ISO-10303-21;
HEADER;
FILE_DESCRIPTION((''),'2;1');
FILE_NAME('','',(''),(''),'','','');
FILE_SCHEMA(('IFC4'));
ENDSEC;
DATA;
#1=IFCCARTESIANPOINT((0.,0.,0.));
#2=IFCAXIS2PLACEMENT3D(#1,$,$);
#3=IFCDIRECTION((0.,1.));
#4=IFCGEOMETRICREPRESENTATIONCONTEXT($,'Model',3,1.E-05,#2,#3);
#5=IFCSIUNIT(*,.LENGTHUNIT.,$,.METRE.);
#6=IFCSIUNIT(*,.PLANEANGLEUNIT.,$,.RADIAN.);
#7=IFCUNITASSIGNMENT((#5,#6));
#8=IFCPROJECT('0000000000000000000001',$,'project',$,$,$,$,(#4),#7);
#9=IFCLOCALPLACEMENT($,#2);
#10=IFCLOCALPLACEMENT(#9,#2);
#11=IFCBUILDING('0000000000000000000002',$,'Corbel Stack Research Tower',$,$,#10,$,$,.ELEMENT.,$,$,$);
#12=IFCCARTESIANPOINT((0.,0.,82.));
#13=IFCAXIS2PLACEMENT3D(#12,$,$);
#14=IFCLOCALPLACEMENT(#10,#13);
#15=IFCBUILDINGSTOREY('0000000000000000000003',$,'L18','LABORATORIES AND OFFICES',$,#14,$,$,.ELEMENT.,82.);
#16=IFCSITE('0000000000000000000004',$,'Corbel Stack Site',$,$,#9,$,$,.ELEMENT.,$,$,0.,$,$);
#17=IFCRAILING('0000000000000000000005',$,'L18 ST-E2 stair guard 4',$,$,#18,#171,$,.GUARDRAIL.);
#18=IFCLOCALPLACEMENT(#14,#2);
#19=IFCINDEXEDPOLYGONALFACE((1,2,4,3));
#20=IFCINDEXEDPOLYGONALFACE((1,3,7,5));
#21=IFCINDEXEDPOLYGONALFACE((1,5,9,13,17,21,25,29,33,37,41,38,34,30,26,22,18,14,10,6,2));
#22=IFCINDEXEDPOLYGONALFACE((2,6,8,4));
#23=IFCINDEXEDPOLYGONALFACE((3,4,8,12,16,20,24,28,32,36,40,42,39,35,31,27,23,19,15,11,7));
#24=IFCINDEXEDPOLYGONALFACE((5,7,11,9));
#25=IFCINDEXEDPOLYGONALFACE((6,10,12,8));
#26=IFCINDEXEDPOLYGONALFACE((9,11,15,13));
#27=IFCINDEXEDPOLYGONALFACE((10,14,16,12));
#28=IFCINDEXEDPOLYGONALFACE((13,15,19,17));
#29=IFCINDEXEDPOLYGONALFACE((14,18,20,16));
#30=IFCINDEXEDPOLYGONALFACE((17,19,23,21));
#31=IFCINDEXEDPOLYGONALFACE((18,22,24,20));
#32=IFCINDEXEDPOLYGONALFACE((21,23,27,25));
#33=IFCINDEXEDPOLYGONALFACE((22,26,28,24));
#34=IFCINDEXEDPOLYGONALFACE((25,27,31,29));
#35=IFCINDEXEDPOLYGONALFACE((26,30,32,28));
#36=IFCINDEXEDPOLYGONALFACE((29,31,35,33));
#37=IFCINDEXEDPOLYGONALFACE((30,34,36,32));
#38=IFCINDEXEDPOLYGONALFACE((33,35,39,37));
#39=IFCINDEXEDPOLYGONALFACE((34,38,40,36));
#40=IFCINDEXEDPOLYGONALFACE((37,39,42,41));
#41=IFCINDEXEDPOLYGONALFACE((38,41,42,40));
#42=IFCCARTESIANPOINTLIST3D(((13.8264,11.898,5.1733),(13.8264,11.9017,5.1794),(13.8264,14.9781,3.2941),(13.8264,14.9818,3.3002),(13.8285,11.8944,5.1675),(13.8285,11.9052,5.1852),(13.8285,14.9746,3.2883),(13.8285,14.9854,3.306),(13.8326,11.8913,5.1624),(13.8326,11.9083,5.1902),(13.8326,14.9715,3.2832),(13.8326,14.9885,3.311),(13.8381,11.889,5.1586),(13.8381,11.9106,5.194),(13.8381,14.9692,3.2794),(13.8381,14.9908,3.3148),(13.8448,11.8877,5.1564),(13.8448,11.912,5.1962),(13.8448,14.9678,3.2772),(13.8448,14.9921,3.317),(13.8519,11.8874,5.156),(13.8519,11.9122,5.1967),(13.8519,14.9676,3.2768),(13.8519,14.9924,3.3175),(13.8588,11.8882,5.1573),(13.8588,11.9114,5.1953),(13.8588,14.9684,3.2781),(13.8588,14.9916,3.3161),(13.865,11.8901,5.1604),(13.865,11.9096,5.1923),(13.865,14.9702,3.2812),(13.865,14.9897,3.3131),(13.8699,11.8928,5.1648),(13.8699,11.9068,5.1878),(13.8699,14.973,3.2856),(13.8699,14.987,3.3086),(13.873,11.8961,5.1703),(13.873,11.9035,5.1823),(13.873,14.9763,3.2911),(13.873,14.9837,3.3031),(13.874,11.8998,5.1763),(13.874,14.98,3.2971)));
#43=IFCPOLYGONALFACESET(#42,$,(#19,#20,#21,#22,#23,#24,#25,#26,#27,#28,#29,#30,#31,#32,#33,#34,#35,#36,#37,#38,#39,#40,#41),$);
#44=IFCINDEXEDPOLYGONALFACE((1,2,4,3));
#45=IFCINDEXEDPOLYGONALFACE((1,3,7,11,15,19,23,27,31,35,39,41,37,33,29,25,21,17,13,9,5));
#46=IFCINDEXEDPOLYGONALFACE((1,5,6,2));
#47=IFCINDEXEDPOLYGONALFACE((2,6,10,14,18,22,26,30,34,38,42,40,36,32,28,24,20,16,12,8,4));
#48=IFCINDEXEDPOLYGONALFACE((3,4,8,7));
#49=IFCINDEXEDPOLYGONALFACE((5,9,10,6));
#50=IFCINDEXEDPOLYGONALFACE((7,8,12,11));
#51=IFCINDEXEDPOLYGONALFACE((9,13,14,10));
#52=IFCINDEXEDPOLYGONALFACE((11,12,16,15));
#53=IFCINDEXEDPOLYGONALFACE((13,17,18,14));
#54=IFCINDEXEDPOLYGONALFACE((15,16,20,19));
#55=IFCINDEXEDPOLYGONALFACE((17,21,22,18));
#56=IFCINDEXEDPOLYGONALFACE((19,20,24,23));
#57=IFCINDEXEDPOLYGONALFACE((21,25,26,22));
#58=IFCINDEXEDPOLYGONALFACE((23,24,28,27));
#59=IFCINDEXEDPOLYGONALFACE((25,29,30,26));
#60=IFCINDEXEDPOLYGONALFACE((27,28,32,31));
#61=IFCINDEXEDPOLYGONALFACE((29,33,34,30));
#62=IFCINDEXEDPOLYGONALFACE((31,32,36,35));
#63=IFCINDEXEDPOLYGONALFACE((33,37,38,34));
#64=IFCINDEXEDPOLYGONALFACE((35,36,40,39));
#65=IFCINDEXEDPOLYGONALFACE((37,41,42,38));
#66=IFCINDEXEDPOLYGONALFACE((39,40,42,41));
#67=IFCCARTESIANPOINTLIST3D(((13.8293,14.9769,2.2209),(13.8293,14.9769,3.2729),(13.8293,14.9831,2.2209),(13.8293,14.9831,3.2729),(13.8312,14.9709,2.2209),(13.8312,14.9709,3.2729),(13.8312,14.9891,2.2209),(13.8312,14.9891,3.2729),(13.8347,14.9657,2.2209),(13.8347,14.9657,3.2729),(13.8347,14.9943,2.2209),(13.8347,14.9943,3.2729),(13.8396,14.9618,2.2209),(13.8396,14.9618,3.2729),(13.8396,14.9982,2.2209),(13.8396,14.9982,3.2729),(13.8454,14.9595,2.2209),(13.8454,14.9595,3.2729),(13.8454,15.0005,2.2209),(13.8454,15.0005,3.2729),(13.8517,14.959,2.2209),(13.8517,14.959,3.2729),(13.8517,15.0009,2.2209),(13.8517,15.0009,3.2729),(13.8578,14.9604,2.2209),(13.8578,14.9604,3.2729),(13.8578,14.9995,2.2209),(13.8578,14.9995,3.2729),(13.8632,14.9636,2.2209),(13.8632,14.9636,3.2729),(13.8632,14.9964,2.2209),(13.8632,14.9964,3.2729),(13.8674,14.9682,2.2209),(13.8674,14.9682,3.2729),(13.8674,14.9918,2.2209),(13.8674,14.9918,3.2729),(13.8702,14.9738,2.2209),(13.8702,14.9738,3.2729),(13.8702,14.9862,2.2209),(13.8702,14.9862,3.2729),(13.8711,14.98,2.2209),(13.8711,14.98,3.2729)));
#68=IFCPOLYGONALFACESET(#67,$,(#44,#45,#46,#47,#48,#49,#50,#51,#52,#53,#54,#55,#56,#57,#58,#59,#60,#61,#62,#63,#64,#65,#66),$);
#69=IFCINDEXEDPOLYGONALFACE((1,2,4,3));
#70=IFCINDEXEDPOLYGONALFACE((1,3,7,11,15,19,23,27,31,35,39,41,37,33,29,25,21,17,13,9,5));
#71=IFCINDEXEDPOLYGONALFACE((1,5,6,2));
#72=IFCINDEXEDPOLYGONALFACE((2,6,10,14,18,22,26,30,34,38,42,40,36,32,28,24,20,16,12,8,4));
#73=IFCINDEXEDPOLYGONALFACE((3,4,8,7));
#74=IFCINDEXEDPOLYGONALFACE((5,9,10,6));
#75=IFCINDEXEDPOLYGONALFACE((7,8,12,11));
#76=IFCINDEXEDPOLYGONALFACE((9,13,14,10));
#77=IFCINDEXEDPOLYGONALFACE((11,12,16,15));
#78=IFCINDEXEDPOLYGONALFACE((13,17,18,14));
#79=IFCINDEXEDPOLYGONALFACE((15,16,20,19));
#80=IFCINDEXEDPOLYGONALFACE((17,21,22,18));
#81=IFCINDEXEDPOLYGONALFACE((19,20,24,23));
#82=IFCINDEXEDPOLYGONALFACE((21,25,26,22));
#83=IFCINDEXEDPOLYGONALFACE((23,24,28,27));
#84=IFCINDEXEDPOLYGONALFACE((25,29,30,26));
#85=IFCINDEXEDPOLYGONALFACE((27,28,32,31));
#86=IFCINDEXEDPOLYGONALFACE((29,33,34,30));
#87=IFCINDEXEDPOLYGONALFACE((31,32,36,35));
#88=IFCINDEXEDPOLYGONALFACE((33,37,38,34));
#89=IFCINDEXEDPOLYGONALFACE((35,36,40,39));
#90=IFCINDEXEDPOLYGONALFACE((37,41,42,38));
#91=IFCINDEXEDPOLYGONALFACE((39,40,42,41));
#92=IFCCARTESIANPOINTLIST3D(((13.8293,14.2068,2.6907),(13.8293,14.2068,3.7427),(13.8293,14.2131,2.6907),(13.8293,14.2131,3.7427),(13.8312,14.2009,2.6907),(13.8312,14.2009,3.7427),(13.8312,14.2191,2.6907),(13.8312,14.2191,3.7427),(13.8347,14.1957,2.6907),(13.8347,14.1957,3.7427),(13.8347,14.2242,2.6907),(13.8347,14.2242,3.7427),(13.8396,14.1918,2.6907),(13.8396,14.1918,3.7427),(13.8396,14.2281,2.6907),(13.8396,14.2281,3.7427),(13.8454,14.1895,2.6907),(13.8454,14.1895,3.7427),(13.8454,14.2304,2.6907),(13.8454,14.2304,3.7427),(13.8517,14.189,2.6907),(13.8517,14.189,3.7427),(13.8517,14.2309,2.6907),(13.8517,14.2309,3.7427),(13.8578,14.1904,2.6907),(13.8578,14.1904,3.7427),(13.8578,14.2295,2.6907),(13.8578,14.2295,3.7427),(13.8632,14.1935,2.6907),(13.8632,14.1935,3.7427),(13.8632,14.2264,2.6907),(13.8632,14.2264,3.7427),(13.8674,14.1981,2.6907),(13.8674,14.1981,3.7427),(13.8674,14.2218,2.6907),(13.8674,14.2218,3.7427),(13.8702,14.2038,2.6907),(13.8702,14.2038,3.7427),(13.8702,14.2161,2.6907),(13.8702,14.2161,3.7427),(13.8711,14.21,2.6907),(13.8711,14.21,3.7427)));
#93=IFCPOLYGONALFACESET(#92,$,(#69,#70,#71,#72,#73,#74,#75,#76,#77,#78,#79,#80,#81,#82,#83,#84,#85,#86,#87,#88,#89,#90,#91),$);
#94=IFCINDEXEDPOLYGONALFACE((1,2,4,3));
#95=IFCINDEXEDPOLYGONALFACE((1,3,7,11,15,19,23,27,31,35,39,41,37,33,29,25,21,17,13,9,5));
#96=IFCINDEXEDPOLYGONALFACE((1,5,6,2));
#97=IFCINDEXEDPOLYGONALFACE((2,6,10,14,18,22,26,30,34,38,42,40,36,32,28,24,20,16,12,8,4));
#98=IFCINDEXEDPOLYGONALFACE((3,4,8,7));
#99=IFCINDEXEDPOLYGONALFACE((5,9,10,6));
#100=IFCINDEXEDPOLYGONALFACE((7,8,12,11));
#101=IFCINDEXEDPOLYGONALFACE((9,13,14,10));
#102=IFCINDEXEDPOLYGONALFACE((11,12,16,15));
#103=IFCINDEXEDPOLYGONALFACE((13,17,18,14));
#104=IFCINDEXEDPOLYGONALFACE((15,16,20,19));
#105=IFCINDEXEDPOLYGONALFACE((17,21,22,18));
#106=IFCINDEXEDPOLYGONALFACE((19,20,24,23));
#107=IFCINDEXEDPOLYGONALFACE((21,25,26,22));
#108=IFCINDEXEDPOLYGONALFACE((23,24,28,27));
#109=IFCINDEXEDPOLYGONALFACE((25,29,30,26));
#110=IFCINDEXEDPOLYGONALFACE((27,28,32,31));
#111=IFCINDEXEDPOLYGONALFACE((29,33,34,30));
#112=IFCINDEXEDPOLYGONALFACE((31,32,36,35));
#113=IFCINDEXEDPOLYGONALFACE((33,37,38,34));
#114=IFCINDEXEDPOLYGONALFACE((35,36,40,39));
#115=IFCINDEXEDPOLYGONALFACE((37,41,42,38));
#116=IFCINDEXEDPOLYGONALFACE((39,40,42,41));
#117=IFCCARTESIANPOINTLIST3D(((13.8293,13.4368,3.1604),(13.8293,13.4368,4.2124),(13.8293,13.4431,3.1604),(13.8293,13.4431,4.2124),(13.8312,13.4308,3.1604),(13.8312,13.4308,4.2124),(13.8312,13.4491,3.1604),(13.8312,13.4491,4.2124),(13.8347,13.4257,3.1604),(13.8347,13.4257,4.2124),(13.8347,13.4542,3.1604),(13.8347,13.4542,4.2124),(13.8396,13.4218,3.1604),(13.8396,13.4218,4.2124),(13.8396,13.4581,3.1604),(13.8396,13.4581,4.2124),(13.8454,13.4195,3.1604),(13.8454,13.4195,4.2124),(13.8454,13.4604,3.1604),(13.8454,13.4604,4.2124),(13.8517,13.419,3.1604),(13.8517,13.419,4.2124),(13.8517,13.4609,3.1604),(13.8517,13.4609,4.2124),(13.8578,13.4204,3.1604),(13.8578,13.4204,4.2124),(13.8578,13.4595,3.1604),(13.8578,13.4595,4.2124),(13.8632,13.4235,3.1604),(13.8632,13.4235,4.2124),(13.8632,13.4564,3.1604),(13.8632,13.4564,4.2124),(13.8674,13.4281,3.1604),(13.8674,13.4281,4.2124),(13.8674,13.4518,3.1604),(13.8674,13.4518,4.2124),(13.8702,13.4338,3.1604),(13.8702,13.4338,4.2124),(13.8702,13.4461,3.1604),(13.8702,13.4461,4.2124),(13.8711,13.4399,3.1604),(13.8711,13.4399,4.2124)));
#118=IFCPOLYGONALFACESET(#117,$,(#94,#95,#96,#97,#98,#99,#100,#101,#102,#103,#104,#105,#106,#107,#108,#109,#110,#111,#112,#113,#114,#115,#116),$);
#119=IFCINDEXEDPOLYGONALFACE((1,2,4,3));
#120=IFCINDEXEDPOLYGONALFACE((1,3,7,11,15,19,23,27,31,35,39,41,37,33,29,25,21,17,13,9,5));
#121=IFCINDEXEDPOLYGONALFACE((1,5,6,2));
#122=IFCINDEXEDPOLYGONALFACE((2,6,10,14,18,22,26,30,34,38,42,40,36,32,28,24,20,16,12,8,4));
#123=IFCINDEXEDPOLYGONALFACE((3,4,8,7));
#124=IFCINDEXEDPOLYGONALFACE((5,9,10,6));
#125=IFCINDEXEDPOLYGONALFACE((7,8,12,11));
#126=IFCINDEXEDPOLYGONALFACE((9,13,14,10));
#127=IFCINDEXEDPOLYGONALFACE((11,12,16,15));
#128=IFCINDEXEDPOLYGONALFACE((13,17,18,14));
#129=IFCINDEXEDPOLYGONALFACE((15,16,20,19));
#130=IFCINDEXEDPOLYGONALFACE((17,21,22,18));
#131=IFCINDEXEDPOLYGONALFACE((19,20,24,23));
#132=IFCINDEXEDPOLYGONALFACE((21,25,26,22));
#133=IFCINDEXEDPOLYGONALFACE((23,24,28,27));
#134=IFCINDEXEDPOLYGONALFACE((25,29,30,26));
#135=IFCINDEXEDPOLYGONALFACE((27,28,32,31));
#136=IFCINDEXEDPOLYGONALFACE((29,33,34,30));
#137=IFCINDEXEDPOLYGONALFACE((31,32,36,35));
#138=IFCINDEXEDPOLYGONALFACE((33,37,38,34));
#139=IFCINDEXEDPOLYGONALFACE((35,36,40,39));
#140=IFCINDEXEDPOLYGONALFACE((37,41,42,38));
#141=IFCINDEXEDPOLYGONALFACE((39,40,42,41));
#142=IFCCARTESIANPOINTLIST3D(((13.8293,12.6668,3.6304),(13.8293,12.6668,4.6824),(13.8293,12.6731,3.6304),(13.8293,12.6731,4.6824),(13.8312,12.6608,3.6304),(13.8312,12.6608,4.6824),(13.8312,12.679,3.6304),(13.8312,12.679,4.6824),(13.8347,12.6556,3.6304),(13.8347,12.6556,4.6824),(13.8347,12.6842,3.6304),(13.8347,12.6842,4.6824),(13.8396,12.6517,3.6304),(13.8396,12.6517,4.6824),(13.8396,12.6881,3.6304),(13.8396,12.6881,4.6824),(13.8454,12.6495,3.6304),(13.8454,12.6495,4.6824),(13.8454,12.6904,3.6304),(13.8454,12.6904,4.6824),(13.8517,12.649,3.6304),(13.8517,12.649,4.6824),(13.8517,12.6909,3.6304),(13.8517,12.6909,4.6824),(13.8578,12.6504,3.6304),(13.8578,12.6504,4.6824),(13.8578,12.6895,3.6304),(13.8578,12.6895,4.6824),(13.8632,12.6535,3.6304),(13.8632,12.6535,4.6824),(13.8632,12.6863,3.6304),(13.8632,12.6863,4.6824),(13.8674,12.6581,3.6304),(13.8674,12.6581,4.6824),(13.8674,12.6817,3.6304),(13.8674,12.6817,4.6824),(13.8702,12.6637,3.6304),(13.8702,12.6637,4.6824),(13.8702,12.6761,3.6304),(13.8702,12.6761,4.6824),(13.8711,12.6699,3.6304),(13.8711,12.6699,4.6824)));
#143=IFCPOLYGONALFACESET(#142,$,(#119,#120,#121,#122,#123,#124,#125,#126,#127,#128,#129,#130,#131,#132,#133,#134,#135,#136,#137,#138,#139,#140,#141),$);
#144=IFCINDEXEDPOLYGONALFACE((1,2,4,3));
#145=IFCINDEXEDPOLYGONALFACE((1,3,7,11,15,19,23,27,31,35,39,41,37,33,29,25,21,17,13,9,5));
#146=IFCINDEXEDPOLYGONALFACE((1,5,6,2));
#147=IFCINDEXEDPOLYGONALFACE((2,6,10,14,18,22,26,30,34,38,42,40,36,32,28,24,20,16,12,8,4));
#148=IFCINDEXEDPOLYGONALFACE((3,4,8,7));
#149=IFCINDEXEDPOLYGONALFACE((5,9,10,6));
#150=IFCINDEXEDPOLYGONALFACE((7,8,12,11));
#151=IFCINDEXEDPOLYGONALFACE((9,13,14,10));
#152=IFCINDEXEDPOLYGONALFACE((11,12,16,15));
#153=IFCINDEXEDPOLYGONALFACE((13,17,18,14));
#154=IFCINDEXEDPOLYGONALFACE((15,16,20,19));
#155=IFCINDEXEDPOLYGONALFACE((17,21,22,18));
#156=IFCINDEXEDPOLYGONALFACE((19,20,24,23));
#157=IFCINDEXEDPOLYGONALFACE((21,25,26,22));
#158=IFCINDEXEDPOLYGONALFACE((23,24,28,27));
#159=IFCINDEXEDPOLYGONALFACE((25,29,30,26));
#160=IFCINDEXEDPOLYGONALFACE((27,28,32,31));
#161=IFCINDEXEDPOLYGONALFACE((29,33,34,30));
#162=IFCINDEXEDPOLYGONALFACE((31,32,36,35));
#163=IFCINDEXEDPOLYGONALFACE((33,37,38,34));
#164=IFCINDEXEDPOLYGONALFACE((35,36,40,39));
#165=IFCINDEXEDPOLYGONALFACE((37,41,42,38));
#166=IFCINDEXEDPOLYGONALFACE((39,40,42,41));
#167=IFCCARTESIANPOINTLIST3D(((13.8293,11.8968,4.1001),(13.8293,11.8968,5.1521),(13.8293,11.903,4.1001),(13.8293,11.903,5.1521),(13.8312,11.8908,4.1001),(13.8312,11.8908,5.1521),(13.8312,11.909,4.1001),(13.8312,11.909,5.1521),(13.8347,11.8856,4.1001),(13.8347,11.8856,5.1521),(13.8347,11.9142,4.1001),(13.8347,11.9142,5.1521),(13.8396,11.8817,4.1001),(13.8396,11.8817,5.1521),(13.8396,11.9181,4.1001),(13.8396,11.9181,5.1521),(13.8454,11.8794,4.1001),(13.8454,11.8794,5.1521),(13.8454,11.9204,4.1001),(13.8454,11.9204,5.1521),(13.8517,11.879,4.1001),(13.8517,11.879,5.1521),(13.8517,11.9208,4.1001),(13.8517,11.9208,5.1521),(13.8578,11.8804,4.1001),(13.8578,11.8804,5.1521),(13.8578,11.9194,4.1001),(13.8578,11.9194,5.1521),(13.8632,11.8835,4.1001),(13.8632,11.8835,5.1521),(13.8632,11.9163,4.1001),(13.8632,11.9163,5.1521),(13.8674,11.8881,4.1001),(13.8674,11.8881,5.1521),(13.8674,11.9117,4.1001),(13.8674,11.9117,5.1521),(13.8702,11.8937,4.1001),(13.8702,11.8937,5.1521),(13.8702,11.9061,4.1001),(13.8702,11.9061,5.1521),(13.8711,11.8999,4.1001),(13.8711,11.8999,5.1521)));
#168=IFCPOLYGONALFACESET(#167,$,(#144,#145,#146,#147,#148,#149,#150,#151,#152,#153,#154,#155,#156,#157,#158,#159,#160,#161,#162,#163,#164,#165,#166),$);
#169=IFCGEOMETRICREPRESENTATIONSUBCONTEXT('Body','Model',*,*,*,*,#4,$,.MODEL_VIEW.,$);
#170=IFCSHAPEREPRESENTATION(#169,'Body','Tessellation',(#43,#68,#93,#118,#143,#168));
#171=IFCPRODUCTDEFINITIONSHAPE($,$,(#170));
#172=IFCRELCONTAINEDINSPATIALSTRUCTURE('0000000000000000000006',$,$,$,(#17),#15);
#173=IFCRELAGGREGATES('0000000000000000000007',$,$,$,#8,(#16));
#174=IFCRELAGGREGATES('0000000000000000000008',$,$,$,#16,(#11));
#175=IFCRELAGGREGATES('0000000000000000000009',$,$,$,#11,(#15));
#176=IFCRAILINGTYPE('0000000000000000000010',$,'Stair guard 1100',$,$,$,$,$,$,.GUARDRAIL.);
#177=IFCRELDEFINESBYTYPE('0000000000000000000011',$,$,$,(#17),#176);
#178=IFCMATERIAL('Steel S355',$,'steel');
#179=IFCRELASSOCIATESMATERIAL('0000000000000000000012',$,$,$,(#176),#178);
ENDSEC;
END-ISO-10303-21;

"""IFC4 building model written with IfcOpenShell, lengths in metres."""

from ifc_helpers import new_model, si_unit, direction, frame, origin, origin_2d, place, context, subcontext, project, spatial, circle, extrude, material, type_object, element, save


model = new_model("IFC4")

# Units and contexts
model_context = context("Model", 3, precision=1e-05, world=origin(), true_north=direction((0.0, 1.0)))
body_context = subcontext(model_context, "Body", "Model", "MODEL_VIEW")
ifc_project = project(units=[si_unit("LENGTHUNIT", "METRE"), si_unit("PLANEANGLEUNIT", "RADIAN")], contexts=[model_context])

# Site, building, storey
site_placement = place(None, origin())
site = spatial("IfcSite", under=ifc_project, at=site_placement, Name="Corbel Stack Site", CompositionType="ELEMENT", RefElevation=0.0)
building_placement = place(site_placement, origin())
building = spatial("IfcBuilding", under=site, at=building_placement, Name="Corbel Stack Research Tower", CompositionType="ELEMENT")
storey_placement = place(building_placement, frame((0.0, 0.0, 82.0)))
storey = spatial("IfcBuildingStorey", under=building, at=storey_placement, Name="L18", Description="LABORATORIES AND OFFICES", CompositionType="ELEMENT", Elevation=82.0)

# Railing
ifc_material_1 = material(Name="Steel S355", Category="steel")
railing_type_1 = type_object("IfcRailingType", Name="Stair guard 1100", PredefinedType="GUARDRAIL", material=ifc_material_1)
railing_1_placement = place(storey_placement, frame((13.8501, 14.98, 2.2209)))
element("IfcRailing", 1, at=railing_1_placement, inside=storey, type_object=railing_type_1, Name="L18 ST-E2 stair guard 4", PredefinedType="GUARDRAIL", context=body_context, shape_type="SweptSolid", body=[
    extrude(circle(Radius=0.0239, at=origin_2d()), frame((0.0, 0.0, 1.0762), z_axis=(0.0, -0.853666, 0.52082), x_axis=(1.0, 0.0, 0.0)), (0.0, 0.0, 1.0), 3.6082),
    extrude(circle(Radius=0.021, at=origin_2d()), origin(), (0.0, 0.0, 1.0), 1.052),
    extrude(circle(Radius=0.021, at=origin_2d()), frame((0.0, -0.77, 0.4697)), (0.0, 0.0, 1.0), 1.052),
    extrude(circle(Radius=0.021, at=origin_2d()), frame((0.0, -1.54, 0.9395)), (0.0, 0.0, 1.0), 1.052),
    extrude(circle(Radius=0.021, at=origin_2d()), frame((0.0, -2.3101, 1.4094)), (0.0, 0.0, 1.0), 1.052),
    extrude(circle(Radius=0.021, at=origin_2d()), frame((0.0, -3.0801, 1.8792)), (0.0, 0.0, 1.0), 1.052),
])

save(model, "model.ifc")
